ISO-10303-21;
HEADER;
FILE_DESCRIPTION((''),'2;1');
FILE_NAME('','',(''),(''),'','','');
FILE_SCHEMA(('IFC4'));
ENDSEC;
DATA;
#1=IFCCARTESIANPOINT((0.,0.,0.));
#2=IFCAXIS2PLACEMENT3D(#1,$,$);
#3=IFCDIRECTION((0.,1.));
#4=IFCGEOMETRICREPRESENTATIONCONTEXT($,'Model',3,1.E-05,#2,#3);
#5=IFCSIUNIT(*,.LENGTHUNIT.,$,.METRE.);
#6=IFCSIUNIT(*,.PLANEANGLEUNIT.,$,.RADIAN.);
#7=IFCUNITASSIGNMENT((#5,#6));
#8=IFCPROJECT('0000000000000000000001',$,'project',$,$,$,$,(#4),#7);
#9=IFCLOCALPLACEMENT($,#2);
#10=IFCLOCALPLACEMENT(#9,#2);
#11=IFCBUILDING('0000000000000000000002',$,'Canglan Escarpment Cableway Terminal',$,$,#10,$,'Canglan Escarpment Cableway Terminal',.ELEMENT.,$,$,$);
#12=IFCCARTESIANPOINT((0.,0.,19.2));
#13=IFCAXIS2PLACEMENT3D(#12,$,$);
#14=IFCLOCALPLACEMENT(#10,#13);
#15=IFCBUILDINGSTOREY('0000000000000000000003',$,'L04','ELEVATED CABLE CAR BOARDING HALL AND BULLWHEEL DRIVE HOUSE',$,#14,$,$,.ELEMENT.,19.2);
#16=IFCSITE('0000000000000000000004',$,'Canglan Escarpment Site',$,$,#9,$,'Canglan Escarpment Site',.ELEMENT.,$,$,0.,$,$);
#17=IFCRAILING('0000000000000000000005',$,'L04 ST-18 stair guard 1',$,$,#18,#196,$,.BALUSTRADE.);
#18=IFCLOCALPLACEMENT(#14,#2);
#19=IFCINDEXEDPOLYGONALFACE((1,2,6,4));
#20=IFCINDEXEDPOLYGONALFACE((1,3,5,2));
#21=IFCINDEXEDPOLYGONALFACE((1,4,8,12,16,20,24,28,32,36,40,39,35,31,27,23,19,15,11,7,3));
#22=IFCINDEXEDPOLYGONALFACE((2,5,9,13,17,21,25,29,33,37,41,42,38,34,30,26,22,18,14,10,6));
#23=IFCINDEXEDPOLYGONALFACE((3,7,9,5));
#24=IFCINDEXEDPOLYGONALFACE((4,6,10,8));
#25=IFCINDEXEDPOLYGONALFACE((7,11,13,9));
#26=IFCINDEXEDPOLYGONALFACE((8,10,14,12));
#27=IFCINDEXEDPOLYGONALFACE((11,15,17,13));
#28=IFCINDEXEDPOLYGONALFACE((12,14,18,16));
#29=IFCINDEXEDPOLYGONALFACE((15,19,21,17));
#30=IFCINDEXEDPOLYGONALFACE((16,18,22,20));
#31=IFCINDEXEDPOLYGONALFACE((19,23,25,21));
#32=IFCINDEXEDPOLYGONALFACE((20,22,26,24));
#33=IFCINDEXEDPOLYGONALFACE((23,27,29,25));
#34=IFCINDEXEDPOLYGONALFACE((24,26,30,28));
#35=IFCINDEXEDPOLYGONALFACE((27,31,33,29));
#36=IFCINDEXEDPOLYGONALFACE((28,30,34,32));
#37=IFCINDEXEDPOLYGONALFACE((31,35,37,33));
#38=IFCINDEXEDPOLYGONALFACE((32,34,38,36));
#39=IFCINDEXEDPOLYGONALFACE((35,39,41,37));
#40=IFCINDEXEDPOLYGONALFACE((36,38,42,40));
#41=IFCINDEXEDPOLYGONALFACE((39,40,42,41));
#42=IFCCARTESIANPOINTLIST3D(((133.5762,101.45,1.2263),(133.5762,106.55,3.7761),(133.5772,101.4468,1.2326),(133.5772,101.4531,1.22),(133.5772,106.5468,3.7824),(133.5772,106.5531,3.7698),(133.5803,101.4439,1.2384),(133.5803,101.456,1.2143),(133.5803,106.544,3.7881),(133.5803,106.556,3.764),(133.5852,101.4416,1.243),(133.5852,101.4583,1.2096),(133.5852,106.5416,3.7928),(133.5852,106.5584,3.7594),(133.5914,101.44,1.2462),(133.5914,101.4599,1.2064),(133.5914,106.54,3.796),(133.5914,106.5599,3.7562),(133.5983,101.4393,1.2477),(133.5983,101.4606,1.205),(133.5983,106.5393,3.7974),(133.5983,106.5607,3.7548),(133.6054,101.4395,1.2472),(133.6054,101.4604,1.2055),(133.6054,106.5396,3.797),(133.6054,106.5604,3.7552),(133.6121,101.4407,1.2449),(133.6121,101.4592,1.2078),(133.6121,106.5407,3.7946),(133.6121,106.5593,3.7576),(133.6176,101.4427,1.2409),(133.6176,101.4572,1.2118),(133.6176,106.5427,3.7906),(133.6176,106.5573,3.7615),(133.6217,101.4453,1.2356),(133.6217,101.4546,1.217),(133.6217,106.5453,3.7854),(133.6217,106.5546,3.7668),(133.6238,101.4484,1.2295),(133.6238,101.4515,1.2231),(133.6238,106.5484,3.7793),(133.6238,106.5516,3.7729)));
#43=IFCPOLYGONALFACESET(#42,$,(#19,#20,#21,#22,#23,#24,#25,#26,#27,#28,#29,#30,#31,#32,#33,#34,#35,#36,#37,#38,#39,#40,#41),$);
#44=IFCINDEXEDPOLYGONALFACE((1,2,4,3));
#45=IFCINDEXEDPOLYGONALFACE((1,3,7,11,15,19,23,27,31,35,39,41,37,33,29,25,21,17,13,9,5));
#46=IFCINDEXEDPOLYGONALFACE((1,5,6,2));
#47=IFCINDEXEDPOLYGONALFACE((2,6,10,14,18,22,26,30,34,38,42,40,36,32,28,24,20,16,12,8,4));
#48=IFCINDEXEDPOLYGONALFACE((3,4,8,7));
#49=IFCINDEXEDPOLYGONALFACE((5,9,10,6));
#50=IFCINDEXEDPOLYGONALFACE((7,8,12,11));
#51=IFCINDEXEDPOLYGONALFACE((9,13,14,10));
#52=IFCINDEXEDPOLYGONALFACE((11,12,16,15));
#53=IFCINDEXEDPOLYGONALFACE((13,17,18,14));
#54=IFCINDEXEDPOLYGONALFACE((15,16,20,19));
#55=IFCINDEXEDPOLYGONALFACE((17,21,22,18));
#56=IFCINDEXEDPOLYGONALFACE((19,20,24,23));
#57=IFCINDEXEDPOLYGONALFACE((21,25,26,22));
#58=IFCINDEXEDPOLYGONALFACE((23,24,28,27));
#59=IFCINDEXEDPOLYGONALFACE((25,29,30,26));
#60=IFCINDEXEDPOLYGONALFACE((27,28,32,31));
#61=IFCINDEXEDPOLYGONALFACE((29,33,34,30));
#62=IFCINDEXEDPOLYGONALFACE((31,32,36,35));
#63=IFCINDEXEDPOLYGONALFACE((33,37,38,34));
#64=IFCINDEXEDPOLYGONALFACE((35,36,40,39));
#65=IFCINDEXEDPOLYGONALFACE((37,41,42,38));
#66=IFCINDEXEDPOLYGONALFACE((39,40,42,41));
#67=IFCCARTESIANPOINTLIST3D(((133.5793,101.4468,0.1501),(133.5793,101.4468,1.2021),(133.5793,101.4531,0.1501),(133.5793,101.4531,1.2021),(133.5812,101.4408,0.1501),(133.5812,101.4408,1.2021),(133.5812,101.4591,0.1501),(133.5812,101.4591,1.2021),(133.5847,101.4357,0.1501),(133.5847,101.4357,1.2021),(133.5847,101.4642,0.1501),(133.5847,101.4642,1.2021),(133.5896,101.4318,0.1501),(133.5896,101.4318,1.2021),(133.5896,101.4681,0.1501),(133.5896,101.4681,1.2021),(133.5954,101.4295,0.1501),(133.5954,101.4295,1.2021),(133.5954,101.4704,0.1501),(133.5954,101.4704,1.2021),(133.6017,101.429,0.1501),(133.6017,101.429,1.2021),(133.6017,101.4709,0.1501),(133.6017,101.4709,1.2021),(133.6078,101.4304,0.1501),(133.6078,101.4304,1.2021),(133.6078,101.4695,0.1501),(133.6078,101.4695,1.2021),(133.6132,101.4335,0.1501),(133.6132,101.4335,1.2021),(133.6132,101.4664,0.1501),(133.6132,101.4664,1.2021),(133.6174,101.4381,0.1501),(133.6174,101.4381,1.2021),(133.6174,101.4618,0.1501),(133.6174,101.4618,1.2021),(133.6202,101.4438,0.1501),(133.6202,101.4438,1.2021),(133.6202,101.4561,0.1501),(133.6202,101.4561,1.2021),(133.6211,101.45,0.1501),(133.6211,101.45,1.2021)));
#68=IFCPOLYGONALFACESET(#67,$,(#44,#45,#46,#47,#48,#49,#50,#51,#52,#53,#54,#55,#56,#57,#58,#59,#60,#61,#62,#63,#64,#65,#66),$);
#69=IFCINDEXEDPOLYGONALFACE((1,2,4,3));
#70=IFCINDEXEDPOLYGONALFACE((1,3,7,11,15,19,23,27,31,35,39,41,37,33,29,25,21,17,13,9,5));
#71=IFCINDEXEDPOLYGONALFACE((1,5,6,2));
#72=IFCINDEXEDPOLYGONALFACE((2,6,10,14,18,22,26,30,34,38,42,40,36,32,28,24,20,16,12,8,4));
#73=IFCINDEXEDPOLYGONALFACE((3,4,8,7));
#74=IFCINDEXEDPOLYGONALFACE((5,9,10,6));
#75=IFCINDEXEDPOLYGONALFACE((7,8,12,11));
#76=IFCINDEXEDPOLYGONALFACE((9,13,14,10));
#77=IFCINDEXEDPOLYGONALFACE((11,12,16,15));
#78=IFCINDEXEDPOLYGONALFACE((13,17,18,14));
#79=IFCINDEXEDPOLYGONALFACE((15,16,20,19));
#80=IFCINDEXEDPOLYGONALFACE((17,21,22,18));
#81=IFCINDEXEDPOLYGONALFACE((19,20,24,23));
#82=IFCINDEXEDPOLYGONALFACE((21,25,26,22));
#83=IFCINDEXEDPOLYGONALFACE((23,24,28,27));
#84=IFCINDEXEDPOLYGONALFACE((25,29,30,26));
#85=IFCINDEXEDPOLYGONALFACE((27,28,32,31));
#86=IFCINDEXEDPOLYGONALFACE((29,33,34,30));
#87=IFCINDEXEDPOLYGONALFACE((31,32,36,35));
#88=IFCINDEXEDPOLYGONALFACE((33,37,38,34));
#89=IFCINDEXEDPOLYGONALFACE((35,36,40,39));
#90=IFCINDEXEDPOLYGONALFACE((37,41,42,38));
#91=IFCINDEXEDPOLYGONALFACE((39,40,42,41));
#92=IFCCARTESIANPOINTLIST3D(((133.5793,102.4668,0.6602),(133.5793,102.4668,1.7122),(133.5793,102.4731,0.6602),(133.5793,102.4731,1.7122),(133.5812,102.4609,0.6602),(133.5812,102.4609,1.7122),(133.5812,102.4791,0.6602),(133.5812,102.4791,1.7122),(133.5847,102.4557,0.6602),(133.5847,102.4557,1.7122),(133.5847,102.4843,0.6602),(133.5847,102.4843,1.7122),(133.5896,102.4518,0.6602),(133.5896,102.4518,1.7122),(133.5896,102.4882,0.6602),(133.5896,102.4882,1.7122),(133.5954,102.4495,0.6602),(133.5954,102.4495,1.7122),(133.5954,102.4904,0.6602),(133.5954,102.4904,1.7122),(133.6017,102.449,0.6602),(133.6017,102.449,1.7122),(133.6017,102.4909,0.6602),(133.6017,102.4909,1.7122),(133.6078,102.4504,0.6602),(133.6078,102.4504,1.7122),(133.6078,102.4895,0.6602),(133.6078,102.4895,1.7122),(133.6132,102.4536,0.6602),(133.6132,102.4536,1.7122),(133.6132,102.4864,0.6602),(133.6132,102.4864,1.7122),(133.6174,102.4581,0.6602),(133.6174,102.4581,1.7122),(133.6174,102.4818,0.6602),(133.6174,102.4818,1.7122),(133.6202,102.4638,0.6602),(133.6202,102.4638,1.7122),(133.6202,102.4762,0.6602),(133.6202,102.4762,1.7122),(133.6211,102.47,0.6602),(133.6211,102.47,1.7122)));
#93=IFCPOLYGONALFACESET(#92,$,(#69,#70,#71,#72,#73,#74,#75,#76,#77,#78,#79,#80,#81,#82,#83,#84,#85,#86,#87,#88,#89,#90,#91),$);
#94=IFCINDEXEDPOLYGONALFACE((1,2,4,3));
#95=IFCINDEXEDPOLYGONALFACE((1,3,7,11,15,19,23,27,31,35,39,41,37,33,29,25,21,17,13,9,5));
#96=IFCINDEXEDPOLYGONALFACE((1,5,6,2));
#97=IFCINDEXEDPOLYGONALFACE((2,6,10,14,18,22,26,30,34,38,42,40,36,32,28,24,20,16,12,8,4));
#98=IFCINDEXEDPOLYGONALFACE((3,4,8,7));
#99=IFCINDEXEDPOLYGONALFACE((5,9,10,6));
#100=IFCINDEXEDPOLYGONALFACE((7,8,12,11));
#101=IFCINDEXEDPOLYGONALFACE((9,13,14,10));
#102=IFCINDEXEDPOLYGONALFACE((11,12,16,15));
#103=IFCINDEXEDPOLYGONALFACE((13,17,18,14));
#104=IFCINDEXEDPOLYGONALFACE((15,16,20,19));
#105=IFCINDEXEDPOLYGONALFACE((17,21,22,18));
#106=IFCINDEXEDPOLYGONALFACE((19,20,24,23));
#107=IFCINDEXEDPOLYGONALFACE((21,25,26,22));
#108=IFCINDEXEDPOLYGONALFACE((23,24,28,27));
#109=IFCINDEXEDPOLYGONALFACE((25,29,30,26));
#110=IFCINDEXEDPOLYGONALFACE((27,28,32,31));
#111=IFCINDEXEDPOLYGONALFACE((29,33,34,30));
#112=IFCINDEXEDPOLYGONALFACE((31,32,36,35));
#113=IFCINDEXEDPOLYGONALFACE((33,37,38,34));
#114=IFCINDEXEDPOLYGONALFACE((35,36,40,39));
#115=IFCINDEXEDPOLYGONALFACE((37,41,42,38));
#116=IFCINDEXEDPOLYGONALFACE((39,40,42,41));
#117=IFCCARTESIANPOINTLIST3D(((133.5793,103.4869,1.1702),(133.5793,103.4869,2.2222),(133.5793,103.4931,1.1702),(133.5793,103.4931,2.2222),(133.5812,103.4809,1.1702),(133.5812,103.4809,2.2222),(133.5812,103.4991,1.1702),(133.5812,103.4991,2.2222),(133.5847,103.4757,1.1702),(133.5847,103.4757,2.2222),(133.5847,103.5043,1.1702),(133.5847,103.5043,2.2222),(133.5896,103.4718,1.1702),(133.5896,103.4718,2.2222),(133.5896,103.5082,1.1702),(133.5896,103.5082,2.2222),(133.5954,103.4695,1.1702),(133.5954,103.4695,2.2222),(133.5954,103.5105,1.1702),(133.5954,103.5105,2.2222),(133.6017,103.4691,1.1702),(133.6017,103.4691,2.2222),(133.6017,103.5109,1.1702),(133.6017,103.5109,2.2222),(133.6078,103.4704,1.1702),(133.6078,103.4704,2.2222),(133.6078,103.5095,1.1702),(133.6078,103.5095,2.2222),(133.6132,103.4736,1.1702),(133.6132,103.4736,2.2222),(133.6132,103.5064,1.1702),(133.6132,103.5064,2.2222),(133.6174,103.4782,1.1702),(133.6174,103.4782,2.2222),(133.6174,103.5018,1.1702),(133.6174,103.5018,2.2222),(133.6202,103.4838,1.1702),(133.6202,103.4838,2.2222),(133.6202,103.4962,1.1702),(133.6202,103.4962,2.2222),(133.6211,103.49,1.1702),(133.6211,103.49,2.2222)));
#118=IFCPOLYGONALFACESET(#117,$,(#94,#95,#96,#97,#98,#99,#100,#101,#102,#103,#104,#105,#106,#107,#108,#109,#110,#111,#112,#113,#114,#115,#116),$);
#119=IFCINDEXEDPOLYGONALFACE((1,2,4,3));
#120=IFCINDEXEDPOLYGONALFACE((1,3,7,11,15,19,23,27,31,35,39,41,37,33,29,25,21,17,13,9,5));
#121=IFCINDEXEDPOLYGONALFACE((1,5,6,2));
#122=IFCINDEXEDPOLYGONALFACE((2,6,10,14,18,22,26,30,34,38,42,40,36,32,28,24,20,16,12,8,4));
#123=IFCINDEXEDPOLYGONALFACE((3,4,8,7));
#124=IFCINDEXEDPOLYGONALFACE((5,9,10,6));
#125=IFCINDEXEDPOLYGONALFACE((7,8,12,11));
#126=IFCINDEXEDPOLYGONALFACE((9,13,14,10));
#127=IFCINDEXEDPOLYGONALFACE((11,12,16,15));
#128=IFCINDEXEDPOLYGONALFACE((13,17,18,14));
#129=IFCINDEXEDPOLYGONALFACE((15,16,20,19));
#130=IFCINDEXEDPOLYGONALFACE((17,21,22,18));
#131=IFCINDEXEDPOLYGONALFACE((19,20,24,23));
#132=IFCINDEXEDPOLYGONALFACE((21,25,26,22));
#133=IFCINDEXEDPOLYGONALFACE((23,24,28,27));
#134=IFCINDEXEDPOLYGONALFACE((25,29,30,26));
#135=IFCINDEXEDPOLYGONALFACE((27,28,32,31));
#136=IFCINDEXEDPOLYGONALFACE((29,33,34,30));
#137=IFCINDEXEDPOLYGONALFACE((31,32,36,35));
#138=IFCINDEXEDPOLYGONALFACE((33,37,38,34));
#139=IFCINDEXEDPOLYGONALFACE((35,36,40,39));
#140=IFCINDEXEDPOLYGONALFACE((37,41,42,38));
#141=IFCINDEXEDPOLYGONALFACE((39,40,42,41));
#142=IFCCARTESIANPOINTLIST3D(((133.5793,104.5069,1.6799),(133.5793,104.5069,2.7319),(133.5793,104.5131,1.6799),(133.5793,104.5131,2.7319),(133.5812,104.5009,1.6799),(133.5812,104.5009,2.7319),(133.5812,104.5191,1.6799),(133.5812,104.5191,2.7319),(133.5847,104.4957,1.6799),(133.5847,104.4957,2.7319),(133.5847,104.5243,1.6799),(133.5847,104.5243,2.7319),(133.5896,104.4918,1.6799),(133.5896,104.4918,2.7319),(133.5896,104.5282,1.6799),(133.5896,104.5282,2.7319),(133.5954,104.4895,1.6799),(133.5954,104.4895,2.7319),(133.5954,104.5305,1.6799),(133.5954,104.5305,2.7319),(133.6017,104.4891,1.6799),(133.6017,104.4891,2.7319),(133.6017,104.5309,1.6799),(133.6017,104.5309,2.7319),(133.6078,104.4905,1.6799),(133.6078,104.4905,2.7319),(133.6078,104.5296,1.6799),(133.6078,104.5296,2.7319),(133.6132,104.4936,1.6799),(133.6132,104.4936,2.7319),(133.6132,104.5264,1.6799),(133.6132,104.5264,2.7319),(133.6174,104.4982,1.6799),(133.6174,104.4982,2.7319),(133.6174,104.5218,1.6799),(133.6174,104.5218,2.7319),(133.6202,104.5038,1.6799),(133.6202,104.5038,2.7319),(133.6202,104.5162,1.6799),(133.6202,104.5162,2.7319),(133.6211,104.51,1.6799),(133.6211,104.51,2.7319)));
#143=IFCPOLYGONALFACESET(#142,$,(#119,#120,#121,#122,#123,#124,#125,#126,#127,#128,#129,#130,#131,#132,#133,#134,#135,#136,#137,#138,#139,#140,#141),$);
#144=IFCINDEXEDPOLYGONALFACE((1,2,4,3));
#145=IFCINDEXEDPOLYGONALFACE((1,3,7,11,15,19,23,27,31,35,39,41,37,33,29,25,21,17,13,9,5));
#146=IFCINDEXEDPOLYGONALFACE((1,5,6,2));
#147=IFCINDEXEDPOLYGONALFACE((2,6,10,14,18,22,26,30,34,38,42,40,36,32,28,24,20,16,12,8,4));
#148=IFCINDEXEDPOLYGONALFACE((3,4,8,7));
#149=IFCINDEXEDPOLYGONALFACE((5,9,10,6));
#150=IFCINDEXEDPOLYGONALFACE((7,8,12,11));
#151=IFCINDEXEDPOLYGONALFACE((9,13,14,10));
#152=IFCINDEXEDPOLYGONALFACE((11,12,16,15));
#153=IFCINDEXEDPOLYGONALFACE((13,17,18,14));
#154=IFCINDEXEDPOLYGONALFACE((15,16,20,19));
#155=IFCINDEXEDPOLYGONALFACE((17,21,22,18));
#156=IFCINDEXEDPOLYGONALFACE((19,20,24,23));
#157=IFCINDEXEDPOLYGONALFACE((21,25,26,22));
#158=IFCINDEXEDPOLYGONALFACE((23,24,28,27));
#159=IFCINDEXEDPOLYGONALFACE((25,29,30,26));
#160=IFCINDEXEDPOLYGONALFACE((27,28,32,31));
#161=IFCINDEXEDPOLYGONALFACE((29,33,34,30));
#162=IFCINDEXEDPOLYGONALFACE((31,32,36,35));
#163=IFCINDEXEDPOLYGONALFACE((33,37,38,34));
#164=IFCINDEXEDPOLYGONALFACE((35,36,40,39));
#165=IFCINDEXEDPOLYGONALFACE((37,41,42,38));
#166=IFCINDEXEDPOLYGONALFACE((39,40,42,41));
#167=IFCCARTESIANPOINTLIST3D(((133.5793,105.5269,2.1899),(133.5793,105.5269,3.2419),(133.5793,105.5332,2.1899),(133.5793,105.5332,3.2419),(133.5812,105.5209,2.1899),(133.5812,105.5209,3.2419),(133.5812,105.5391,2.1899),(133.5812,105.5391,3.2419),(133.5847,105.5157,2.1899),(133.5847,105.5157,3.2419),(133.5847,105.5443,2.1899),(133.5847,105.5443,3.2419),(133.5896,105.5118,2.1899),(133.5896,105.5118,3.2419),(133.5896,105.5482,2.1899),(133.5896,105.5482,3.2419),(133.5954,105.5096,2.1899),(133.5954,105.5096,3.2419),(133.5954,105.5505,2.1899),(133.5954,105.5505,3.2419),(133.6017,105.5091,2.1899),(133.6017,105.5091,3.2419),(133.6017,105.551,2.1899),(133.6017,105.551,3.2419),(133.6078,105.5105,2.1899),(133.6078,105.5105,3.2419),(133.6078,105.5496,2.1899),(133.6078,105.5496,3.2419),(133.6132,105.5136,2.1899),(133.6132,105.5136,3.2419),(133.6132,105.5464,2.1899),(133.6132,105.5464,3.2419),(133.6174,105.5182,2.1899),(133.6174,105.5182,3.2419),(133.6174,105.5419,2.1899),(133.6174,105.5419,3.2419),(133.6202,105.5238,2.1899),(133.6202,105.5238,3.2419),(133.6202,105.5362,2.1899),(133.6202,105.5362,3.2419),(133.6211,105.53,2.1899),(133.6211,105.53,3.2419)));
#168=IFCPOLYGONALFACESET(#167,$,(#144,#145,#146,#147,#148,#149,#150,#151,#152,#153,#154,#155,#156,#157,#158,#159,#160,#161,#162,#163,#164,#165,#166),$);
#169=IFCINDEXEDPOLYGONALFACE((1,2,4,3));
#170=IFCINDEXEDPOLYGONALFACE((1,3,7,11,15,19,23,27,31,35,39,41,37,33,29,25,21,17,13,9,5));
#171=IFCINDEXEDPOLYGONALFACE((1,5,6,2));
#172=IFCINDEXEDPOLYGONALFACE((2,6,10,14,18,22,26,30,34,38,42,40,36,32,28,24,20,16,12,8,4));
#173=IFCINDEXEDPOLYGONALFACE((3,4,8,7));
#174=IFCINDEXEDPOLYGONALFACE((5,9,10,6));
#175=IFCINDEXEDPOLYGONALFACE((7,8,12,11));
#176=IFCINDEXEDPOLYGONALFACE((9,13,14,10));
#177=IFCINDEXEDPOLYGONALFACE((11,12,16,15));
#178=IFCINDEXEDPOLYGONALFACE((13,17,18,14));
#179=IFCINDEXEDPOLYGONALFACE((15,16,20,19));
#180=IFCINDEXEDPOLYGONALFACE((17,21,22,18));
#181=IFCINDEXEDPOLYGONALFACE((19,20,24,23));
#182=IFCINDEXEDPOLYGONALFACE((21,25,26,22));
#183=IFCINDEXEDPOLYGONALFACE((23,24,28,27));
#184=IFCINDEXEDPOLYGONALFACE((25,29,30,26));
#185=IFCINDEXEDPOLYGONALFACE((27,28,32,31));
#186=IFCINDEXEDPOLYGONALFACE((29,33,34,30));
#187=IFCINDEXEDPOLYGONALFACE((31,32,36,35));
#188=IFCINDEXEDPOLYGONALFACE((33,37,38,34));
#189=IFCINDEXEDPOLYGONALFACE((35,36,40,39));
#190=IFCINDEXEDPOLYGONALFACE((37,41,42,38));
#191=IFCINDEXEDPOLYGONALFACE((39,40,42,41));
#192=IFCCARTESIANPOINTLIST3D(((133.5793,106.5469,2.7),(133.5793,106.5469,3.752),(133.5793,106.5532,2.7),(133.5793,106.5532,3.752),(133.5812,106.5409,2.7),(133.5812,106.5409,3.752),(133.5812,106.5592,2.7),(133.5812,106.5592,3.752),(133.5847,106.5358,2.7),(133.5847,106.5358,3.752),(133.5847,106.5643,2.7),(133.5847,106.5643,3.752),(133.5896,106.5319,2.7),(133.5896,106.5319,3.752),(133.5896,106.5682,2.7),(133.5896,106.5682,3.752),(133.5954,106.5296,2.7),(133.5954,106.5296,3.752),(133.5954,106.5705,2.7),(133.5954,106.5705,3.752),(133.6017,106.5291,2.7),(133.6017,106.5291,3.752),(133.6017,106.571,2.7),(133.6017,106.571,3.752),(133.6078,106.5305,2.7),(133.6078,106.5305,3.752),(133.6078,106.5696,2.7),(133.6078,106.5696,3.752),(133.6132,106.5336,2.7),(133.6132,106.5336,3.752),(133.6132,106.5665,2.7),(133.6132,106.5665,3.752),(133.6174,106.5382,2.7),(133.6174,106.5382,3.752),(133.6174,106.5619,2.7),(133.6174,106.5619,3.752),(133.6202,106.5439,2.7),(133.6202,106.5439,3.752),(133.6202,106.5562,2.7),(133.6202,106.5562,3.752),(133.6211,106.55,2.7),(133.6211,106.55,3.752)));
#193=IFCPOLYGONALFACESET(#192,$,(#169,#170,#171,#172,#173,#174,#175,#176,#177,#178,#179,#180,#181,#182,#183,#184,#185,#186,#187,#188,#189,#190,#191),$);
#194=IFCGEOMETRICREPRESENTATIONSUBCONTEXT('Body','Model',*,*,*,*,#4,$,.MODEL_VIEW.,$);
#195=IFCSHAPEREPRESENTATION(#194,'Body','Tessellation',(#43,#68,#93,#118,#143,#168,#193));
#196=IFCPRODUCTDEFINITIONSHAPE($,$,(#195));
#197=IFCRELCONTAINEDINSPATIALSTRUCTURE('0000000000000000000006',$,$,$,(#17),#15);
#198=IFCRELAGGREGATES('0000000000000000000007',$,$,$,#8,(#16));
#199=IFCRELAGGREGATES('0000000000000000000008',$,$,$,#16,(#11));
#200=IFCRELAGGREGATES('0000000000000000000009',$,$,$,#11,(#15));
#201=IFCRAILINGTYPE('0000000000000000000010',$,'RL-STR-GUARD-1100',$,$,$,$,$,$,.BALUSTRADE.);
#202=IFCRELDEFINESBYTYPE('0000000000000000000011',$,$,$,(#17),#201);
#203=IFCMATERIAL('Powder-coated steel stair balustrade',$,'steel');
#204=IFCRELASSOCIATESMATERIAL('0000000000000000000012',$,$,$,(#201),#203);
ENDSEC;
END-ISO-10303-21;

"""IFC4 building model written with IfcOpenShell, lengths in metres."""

from ifc_helpers import new_model, si_unit, direction, frame, origin, origin_2d, place, context, subcontext, project, spatial, circle, extrude, material, type_object, element, save


model = new_model("IFC4")

# Units and contexts
model_context = context("Model", 3, precision=1e-05, world=origin(), true_north=direction((0.0, 1.0)))
body_context = subcontext(model_context, "Body", "Model", "MODEL_VIEW")
ifc_project = project(units=[si_unit("LENGTHUNIT", "METRE"), si_unit("PLANEANGLEUNIT", "RADIAN")], contexts=[model_context])

# Site, building, storey
site_placement = place(None, origin())
site = spatial("IfcSite", under=ifc_project, at=site_placement, Name="Canglan Escarpment Site", LongName="Canglan Escarpment Site", CompositionType="ELEMENT", RefElevation=0.0)
building_placement = place(site_placement, origin())
building = spatial("IfcBuilding", under=site, at=building_placement, Name="Canglan Escarpment Cableway Terminal", LongName="Canglan Escarpment Cableway Terminal", CompositionType="ELEMENT")
storey_placement = place(building_placement, frame((0.0, 0.0, 19.2)))
storey = spatial("IfcBuildingStorey", under=building, at=storey_placement, Name="L04", Description="ELEVATED CABLE CAR BOARDING HALL AND BULLWHEEL DRIVE HOUSE", CompositionType="ELEMENT", Elevation=19.2)

# Railing
ifc_material_1 = material(Name="Powder-coated steel stair balustrade", Category="steel")
railing_type_1 = type_object("IfcRailingType", Name="RL-STR-GUARD-1100", PredefinedType="BALUSTRADE", material=ifc_material_1)
railing_1_placement = place(storey_placement, frame((133.6001, 101.45, 0.1501)))
element("IfcRailing", 1, at=railing_1_placement, inside=storey, type_object=railing_type_1, Name="L04 ST-18 stair guard 1", PredefinedType="BALUSTRADE", context=body_context, shape_type="SweptSolid", body=[
    extrude(circle(Radius=0.0239, at=origin_2d()), frame((0.0, 0.0, 1.0762), z_axis=(0.0, 0.894444, 0.447179), x_axis=(-1.0, 0.0, 0.0)), (0.0, 0.0, 1.0), 5.7019),
    extrude(circle(Radius=0.021, at=origin_2d()), origin(), (0.0, 0.0, 1.0), 1.052),
    extrude(circle(Radius=0.021, at=origin_2d()), frame((0.0, 1.02, 0.51)), (0.0, 0.0, 1.0), 1.052),
    extrude(circle(Radius=0.021, at=origin_2d()), frame((0.0, 2.04, 1.02)), (0.0, 0.0, 1.0), 1.052),
    extrude(circle(Radius=0.021, at=origin_2d()), frame((0.0, 3.0601, 1.5298)), (0.0, 0.0, 1.0), 1.052),
    extrude(circle(Radius=0.021, at=origin_2d()), frame((0.0, 4.0801, 2.0398)), (0.0, 0.0, 1.0), 1.052),
    extrude(circle(Radius=0.021, at=origin_2d()), frame((0.0, 5.1001, 2.5498)), (0.0, 0.0, 1.0), 1.052),
])

save(model, "model.ifc")
